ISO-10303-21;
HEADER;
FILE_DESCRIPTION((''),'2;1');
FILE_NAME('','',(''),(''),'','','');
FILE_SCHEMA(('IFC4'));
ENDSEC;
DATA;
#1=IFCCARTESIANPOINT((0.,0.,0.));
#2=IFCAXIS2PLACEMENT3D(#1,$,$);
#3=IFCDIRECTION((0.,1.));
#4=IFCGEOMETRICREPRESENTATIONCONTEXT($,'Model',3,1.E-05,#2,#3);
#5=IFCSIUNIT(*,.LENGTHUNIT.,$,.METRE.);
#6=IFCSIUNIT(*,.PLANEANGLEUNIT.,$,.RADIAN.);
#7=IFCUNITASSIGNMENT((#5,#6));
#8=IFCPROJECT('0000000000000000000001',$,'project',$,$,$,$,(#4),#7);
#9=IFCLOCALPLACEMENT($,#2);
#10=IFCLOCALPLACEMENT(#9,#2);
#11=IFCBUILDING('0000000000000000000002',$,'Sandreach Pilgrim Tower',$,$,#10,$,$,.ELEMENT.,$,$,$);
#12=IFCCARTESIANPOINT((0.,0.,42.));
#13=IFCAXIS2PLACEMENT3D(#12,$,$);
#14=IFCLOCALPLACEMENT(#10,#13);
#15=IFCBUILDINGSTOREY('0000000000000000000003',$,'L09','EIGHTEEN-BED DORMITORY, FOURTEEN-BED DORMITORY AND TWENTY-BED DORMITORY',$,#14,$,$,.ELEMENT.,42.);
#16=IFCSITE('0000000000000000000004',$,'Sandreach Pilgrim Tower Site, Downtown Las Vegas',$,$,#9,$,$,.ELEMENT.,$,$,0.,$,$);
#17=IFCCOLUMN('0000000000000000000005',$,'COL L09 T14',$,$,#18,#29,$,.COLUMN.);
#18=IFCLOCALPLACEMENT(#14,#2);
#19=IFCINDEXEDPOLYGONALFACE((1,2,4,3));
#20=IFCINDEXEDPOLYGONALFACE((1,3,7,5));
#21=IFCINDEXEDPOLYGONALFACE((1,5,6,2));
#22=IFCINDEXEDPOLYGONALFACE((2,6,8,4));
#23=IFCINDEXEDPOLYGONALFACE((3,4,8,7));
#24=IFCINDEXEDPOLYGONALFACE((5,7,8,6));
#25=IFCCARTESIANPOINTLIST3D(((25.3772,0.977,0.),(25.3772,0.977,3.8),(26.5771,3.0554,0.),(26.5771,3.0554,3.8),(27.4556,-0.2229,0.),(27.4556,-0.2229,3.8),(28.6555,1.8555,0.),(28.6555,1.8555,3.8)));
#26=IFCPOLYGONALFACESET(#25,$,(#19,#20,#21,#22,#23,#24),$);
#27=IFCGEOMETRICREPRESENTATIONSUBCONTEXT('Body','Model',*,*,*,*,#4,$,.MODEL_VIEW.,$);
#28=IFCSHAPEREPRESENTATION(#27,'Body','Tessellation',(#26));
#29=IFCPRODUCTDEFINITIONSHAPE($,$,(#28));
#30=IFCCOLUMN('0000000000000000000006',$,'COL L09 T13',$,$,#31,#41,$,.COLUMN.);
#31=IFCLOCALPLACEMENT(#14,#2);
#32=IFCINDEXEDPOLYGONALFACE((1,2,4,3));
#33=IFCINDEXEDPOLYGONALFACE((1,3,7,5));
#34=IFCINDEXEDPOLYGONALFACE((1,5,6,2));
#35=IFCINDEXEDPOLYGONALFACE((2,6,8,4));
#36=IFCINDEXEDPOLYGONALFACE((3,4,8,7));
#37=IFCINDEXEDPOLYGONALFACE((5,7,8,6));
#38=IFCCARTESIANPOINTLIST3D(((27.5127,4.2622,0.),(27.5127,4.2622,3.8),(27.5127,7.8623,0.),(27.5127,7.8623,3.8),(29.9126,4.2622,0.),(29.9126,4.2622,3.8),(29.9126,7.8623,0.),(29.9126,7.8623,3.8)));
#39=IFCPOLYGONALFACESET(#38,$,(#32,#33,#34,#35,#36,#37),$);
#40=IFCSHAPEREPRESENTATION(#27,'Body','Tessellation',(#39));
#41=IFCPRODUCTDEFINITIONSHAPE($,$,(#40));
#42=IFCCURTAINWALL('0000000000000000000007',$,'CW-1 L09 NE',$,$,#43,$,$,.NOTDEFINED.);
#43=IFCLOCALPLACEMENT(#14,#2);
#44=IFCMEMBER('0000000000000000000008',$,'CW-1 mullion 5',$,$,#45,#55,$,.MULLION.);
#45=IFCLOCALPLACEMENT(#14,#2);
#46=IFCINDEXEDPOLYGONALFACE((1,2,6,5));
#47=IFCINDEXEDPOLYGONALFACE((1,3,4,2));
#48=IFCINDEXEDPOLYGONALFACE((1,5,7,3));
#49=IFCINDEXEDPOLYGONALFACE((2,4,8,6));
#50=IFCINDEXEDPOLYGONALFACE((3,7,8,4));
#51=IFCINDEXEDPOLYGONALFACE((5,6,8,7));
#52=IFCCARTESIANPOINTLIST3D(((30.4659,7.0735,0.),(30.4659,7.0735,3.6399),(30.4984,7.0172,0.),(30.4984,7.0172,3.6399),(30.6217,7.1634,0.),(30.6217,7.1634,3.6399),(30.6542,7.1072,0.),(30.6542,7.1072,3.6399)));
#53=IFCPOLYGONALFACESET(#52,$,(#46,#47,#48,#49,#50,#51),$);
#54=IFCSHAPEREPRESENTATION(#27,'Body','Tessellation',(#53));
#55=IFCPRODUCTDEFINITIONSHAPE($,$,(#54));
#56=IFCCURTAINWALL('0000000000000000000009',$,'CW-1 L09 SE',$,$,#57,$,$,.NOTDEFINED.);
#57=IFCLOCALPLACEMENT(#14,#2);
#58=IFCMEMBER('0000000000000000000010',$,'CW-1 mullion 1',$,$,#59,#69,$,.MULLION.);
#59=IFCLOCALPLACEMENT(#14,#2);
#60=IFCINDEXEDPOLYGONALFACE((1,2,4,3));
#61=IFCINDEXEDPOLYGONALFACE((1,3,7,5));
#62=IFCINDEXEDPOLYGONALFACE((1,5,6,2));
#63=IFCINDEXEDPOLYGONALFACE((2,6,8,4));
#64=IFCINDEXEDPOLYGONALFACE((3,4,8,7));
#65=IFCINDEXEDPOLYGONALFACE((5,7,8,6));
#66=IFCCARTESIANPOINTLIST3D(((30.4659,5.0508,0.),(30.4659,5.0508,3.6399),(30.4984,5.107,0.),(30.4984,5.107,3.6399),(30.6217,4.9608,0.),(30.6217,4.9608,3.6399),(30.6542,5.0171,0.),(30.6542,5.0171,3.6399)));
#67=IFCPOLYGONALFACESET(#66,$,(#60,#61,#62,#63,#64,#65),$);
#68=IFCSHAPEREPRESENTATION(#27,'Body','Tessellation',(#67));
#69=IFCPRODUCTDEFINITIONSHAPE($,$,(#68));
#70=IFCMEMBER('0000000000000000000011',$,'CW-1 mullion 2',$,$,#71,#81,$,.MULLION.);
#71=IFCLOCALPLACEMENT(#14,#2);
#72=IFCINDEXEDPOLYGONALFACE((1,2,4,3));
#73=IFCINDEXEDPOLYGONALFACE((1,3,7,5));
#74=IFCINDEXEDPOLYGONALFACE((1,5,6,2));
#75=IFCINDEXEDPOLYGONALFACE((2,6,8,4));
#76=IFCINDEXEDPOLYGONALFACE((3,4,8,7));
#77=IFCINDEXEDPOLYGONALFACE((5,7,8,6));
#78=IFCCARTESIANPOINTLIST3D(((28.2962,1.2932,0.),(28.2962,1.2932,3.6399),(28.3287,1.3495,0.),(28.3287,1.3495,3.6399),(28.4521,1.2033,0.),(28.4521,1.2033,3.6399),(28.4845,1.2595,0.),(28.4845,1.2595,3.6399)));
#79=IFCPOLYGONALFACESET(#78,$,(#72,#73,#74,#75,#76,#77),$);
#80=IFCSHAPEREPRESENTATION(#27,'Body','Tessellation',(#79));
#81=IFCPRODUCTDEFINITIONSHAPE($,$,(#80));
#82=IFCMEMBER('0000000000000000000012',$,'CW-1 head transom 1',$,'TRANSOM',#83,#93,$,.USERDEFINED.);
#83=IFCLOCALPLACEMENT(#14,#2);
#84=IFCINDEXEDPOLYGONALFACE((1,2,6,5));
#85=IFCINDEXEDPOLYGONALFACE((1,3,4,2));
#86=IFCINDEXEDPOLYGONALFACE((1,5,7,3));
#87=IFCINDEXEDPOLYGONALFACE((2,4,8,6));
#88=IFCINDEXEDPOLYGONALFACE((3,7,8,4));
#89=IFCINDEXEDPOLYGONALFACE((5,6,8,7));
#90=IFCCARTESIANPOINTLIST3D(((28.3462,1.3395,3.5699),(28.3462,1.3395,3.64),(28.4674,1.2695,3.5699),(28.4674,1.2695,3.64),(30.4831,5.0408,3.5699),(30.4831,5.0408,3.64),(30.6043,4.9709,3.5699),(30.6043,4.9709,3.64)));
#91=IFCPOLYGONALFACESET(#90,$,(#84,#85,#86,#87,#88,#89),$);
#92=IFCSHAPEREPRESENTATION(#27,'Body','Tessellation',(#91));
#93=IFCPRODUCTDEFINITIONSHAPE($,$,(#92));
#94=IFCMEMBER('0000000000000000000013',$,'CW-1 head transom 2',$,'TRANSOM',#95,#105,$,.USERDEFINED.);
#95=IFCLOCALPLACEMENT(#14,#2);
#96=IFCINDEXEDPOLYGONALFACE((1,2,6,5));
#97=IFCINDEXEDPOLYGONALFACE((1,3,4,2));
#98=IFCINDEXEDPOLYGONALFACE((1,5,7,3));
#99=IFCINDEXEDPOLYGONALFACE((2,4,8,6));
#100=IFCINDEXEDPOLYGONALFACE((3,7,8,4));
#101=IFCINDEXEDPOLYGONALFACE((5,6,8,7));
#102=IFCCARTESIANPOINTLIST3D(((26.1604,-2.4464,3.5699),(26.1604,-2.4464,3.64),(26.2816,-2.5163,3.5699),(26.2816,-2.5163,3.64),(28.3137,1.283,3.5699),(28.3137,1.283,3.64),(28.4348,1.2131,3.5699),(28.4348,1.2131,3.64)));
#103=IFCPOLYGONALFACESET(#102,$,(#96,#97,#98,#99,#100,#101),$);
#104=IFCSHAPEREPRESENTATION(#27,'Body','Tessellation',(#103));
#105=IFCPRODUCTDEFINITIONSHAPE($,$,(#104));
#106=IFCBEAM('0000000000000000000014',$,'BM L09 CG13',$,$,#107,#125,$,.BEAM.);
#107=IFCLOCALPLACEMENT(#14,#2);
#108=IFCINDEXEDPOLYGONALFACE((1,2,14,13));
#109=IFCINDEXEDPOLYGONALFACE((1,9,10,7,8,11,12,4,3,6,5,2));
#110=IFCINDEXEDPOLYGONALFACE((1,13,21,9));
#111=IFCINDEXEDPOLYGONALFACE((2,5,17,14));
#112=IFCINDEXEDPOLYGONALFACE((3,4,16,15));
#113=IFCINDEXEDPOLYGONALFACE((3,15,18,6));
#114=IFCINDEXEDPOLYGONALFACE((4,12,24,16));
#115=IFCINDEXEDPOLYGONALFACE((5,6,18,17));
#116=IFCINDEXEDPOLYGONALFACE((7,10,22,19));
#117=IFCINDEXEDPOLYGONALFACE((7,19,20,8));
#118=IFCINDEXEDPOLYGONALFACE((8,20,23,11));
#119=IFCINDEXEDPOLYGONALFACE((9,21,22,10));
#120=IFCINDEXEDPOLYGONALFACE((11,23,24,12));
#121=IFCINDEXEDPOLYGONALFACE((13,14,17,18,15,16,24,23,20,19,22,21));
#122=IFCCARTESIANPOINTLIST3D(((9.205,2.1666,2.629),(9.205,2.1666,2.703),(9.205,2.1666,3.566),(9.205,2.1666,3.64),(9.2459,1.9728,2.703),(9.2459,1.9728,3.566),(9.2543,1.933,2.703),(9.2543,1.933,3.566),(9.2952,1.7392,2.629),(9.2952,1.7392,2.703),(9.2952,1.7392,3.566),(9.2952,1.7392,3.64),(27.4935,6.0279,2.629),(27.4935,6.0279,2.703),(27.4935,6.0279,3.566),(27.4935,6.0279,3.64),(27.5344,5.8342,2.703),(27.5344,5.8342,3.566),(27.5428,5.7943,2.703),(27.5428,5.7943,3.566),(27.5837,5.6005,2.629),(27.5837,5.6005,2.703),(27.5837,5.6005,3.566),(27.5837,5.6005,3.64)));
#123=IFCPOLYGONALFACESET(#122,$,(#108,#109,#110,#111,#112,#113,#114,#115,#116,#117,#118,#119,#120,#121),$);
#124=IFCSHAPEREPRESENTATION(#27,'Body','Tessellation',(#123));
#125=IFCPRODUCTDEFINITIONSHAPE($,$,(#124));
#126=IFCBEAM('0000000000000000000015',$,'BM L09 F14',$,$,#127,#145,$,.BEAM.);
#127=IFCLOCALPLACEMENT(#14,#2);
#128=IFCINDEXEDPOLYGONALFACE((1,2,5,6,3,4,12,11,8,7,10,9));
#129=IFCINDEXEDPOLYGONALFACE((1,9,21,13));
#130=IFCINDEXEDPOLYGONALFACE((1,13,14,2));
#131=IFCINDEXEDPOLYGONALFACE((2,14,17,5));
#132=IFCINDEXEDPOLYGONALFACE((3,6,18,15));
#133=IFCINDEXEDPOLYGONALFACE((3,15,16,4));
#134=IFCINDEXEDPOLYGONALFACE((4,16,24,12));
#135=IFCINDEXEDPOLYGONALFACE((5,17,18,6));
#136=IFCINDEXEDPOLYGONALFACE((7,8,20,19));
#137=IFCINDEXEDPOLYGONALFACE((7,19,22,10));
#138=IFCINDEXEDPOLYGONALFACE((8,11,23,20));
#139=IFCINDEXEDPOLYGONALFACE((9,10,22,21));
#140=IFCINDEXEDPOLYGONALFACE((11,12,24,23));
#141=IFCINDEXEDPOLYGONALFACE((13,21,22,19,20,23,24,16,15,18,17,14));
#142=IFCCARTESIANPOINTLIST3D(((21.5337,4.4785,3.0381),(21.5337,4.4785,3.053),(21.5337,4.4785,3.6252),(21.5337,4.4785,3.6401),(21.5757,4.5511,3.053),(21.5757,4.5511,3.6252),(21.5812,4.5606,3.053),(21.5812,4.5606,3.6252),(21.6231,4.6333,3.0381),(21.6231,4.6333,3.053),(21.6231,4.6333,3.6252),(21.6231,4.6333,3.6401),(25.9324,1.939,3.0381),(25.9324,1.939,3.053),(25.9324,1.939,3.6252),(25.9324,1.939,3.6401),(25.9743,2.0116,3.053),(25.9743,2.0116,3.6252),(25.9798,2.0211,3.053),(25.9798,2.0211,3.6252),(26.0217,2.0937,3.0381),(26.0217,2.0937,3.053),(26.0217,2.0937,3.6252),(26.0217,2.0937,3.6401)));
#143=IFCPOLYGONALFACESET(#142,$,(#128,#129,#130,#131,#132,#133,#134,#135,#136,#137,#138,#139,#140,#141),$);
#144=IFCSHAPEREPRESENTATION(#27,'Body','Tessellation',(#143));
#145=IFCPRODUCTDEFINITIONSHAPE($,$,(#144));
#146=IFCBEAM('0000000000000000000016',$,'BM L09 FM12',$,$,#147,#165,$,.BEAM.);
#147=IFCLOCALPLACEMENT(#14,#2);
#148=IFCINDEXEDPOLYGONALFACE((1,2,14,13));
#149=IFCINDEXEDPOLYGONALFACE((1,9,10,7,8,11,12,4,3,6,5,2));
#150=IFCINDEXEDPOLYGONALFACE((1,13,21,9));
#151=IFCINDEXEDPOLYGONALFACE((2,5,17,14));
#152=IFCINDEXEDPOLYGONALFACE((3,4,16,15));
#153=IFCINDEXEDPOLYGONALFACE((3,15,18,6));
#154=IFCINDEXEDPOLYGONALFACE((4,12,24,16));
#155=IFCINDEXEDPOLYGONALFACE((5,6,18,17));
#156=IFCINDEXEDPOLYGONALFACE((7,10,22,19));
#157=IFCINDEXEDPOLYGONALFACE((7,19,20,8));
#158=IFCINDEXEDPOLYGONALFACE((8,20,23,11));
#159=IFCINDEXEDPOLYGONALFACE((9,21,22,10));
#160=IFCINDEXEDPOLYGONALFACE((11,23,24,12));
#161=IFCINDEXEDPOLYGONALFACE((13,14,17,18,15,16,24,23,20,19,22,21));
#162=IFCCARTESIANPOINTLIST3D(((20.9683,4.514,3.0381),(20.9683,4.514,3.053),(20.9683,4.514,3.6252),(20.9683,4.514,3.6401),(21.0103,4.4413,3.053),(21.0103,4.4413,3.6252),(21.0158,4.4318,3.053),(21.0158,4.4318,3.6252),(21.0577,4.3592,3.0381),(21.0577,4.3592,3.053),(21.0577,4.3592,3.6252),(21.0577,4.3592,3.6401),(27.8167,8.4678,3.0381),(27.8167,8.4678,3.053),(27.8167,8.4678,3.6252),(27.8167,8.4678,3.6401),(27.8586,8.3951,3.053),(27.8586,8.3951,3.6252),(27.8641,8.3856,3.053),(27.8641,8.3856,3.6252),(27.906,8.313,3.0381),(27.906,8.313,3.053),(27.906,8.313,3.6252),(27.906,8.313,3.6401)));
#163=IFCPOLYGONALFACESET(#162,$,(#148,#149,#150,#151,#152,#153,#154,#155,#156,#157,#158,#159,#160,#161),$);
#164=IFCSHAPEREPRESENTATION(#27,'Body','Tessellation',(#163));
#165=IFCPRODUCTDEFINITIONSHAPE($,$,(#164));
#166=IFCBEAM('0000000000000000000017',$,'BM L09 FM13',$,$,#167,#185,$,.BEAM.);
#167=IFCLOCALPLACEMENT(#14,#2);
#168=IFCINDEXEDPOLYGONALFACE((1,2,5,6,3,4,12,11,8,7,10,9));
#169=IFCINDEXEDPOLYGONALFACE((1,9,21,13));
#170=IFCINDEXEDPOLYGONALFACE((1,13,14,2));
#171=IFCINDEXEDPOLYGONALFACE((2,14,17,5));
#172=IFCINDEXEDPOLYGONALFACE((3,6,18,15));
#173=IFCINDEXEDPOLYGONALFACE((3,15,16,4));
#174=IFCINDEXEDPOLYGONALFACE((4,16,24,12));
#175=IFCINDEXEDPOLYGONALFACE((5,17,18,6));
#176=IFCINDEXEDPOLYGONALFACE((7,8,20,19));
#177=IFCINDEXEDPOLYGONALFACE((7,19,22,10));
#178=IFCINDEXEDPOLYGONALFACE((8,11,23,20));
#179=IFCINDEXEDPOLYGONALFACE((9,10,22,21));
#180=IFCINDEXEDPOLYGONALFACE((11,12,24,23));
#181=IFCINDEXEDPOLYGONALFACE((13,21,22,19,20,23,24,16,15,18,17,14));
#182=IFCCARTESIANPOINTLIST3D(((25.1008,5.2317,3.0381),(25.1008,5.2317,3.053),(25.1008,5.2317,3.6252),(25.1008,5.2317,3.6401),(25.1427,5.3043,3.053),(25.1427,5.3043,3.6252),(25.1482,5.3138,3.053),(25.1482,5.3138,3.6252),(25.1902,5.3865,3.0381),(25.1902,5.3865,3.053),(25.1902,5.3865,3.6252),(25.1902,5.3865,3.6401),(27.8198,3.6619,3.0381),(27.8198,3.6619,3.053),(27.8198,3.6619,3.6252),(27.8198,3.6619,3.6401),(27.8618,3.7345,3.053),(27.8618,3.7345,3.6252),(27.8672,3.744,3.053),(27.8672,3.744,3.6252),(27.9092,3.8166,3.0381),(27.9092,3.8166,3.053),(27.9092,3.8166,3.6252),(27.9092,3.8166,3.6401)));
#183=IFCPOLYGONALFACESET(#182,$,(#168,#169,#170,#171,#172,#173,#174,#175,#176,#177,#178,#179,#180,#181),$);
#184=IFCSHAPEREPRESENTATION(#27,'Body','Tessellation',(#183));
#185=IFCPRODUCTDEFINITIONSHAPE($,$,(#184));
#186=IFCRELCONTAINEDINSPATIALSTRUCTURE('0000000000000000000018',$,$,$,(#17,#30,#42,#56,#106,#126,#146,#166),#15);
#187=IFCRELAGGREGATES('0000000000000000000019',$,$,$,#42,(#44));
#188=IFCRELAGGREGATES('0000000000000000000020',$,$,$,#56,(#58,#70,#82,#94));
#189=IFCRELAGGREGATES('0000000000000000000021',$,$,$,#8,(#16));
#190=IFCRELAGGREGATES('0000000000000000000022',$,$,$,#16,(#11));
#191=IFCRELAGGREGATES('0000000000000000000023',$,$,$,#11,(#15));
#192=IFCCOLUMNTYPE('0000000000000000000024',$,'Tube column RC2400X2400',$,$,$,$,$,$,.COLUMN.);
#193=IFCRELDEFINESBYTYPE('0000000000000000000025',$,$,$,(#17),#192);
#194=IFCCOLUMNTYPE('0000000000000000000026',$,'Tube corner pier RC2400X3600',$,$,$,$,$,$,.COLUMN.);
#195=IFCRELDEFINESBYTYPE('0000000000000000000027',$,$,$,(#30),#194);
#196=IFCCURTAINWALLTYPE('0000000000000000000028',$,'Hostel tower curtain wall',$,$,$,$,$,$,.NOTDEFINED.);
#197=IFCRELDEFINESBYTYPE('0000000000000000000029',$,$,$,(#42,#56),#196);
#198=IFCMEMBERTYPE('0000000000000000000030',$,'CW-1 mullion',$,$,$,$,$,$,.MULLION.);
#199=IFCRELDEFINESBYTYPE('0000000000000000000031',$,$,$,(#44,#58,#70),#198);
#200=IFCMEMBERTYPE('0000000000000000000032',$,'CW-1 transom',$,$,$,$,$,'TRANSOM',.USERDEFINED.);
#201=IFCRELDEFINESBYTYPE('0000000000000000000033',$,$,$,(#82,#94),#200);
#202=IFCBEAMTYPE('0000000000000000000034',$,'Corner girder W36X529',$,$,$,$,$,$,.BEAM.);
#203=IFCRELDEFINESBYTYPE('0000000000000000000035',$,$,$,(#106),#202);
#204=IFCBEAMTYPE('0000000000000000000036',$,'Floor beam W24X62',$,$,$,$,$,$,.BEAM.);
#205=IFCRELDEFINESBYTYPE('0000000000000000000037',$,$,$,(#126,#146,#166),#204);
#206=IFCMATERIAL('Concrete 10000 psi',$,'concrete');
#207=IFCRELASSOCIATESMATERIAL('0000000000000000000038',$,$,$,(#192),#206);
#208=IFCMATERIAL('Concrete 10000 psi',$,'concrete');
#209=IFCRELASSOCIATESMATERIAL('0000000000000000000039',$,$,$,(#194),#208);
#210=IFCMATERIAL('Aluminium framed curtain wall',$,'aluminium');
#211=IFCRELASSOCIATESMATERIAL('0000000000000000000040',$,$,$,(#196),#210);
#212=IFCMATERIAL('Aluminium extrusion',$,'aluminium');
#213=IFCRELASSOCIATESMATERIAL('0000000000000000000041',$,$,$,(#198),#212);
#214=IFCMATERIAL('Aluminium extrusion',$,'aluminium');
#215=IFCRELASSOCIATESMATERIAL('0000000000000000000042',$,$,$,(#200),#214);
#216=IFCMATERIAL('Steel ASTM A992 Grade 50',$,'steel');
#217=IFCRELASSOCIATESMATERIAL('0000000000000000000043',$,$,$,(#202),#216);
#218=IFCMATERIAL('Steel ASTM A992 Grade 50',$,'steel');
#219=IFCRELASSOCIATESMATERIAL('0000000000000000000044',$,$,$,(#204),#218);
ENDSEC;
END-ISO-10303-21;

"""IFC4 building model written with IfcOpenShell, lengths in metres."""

from ifc_helpers import new_model, si_unit, direction, frame, origin, origin_2d, place, context, subcontext, project, spatial, rectangle, i_section, extrude, material, material_profile, profile_set, type_object, element, aggregate, save


model = new_model("IFC4")

# Units and contexts
model_context = context("Model", 3, precision=1e-05, world=origin(), true_north=direction((0.0, 1.0)))
body_context = subcontext(model_context, "Body", "Model", "MODEL_VIEW")
ifc_project = project(units=[si_unit("LENGTHUNIT", "METRE"), si_unit("PLANEANGLEUNIT", "RADIAN")], contexts=[model_context])

# Site, building, storey
site_placement = place(None, origin())
site = spatial("IfcSite", under=ifc_project, at=site_placement, Name="Sandreach Pilgrim Tower Site, Downtown Las Vegas", CompositionType="ELEMENT", RefElevation=0.0)
building_placement = place(site_placement, origin())
building = spatial("IfcBuilding", under=site, at=building_placement, Name="Sandreach Pilgrim Tower", CompositionType="ELEMENT")
storey_placement = place(building_placement, frame((0.0, 0.0, 42.0)))
storey = spatial("IfcBuildingStorey", under=building, at=storey_placement, Name="L09", Description="EIGHTEEN-BED DORMITORY, FOURTEEN-BED DORMITORY AND TWENTY-BED DORMITORY", CompositionType="ELEMENT", Elevation=42.0)

# Columns
ifc_material_1 = material(Name="Concrete 10000 psi", Category="concrete")
ifc_material_profile_1 = material_profile(ifc_material_1, rectangle(XDim=2.3999, YDim=2.3999, at=origin_2d()), Name="RC2400X2400")
ifc_profile_set_1 = profile_set([ifc_material_profile_1], Name="Concrete 10000 psi")
column_type_1 = type_object("IfcColumnType", Name="Tube column RC2400X2400", PredefinedType="COLUMN", material=ifc_profile_set_1)
column_1_placement = place(storey_placement, frame((27.0164, 1.4163, 0.0), z_axis=(0.0, 0.0, 1.0), x_axis=(0.866025, -0.5, 0.0)))
element("IfcColumn", 1, at=column_1_placement, inside=storey, type_object=column_type_1, Name="COL L09 T14", PredefinedType="COLUMN", context=body_context, shape_type="SweptSolid", body=[
    extrude(rectangle(XDim=2.3999, YDim=2.3999, at=origin_2d()), origin(), (0.0, 0.0, 1.0), 3.8),
])
ifc_material_2 = material(Name="Concrete 10000 psi", Category="concrete")
ifc_material_profile_2 = material_profile(ifc_material_2, rectangle(XDim=2.3999, YDim=3.6001, at=origin_2d()), Name="RC2400X3600")
ifc_profile_set_2 = profile_set([ifc_material_profile_2], Name="Concrete 10000 psi")
column_type_2 = type_object("IfcColumnType", Name="Tube corner pier RC2400X3600", PredefinedType="COLUMN", material=ifc_profile_set_2)
column_2_placement = place(storey_placement, frame((28.7126, 6.0623, 0.0), z_axis=(0.0, 0.0, 1.0), x_axis=(1.0, 0.0, 0.0)))
element("IfcColumn", 2, at=column_2_placement, inside=storey, type_object=column_type_2, Name="COL L09 T13", PredefinedType="COLUMN", context=body_context, shape_type="SweptSolid", body=[
    extrude(rectangle(XDim=2.3999, YDim=3.6001, at=origin_2d()), origin(), (0.0, 0.0, 1.0), 3.8),
])

# Curtain wall, member
ifc_material_3 = material(Name="Aluminium framed curtain wall", Category="aluminium")
curtain_wall_type = type_object("IfcCurtainWallType", Name="Hostel tower curtain wall", PredefinedType="NOTDEFINED", material=ifc_material_3)
curtain_wall_1_placement = place(storey_placement, origin())
curtain_wall_1 = element("IfcCurtainWall", 3, at=curtain_wall_1_placement, inside=storey, type_object=curtain_wall_type, Name="CW-1 L09 NE", PredefinedType="NOTDEFINED")
ifc_material_4 = material(Name="Aluminium extrusion", Category="aluminium")
ifc_material_profile_3 = material_profile(ifc_material_4, rectangle(XDim=0.0649, YDim=0.1799, at=origin_2d()), Name="CW-1M 65X180")
ifc_profile_set_3 = profile_set([ifc_material_profile_3], Name="Aluminium extrusion")
member_type_1 = type_object("IfcMemberType", Name="CW-1 mullion", PredefinedType="MULLION", material=ifc_profile_set_3)
member_1_placement = place(storey_placement, frame((30.5601, 7.0903, 0.0), z_axis=(0.0, 0.0, 1.0), x_axis=(0.5, -0.866025, 0.0)))
member_1 = element("IfcMember", 4, at=member_1_placement, type_object=member_type_1, Name="CW-1 mullion 5", PredefinedType="MULLION", context=body_context, shape_type="SweptSolid", body=[
    extrude(rectangle(XDim=0.0649, YDim=0.1799, at=origin_2d()), origin(), (0.0, 0.0, 1.0), 3.6399),
])

# Curtain wall, members
curtain_wall_2_placement = place(storey_placement, origin())
curtain_wall_2 = element("IfcCurtainWall", 5, at=curtain_wall_2_placement, inside=storey, type_object=curtain_wall_type, Name="CW-1 L09 SE", PredefinedType="NOTDEFINED")
member_2_placement = place(storey_placement, frame((30.5601, 5.0339, 0.0), z_axis=(0.0, 0.0, 1.0), x_axis=(-0.5, -0.866025, 0.0)))
member_2 = element("IfcMember", 6, at=member_2_placement, type_object=member_type_1, Name="CW-1 mullion 1", PredefinedType="MULLION", context=body_context, shape_type="SweptSolid", body=[
    extrude(rectangle(XDim=0.0649, YDim=0.1799, at=origin_2d()), origin(), (0.0, 0.0, 1.0), 3.6399),
])
member_3_placement = place(storey_placement, frame((28.3904, 1.2764, 0.0), z_axis=(0.0, 0.0, 1.0), x_axis=(-0.5, -0.866025, 0.0)))
member_3 = element("IfcMember", 7, at=member_3_placement, type_object=member_type_1, Name="CW-1 mullion 2", PredefinedType="MULLION", context=body_context, shape_type="SweptSolid", body=[
    extrude(rectangle(XDim=0.0649, YDim=0.1799, at=origin_2d()), origin(), (0.0, 0.0, 1.0), 3.6399),
])
ifc_material_5 = material(Name="Aluminium extrusion", Category="aluminium")
ifc_material_profile_4 = material_profile(ifc_material_5, rectangle(XDim=0.1399, YDim=0.0701, at=origin_2d()), Name="CW-1T 140X70")
ifc_profile_set_4 = profile_set([ifc_material_profile_4], Name="Aluminium extrusion")
member_type_2 = type_object("IfcMemberType", Name="CW-1 transom", ElementType="TRANSOM", PredefinedType="USERDEFINED", material=ifc_profile_set_4)
member_4_placement = place(storey_placement, frame((30.5437, 5.0059, 3.605), z_axis=(-0.499991, -0.866031, 0.0), x_axis=(0.866031, -0.499991, 0.0)))
member_4 = element("IfcMember", 8, at=member_4_placement, type_object=member_type_2, Name="CW-1 head transom 1", ObjectType="TRANSOM", PredefinedType="USERDEFINED", context=body_context, shape_type="SweptSolid", body=[
    extrude(rectangle(XDim=0.1399, YDim=0.0701, at=origin_2d()), origin(), (0.0, 0.0, 1.0), 4.2739),
])
member_5_placement = place(storey_placement, frame((28.3743, 1.248, 3.605), z_axis=(-0.500017, -0.866016, 0.0), x_axis=(0.866016, -0.500017, 0.0)))
member_5 = element("IfcMember", 9, at=member_5_placement, type_object=member_type_2, Name="CW-1 head transom 2", ObjectType="TRANSOM", PredefinedType="USERDEFINED", context=body_context, shape_type="SweptSolid", body=[
    extrude(rectangle(XDim=0.1399, YDim=0.0701, at=origin_2d()), origin(), (0.0, 0.0, 1.0), 4.3064),
])

# Beams
ifc_material_6 = material(Name="Steel ASTM A992 Grade 50", Category="steel")
ifc_material_profile_5 = material_profile(ifc_material_6, i_section(OverallWidth=0.4368, OverallDepth=1.011, WebThickness=0.0408, FlangeThickness=0.074, at=origin_2d()), Name="W36X529")
ifc_profile_set_5 = profile_set([ifc_material_profile_5], Name="Steel ASTM A992 Grade 50")
beam_type_1 = type_object("IfcBeamType", Name="Corner girder W36X529", PredefinedType="BEAM", material=ifc_profile_set_5)
beam_1_placement = place(storey_placement, frame((27.5386, 5.8142, 3.1345), z_axis=(-0.97843, -0.206579, 0.0), x_axis=(0.206579, -0.97843, 0.0)))
element("IfcBeam", 10, at=beam_1_placement, inside=storey, type_object=beam_type_1, Name="BM L09 CG13", PredefinedType="BEAM", context=body_context, shape_type="SweptSolid", body=[
    extrude(i_section(OverallWidth=0.4368, OverallDepth=1.011, WebThickness=0.0408, FlangeThickness=0.074, at=origin_2d()), origin(), (0.0, 0.0, 1.0), 18.6917),
])
ifc_material_7 = material(Name="Steel ASTM A992 Grade 50", Category="steel")
ifc_material_profile_6 = material_profile(ifc_material_7, i_section(OverallWidth=0.1787, OverallDepth=0.6021, WebThickness=0.011, FlangeThickness=0.0149, at=origin_2d()), Name="W24X62")
ifc_profile_set_6 = profile_set([ifc_material_profile_6], Name="Steel ASTM A992 Grade 50")
beam_type_2 = type_object("IfcBeamType", Name="Floor beam W24X62", PredefinedType="BEAM", material=ifc_profile_set_6)
beam_2_placement = place(storey_placement, frame((25.9771, 2.0164, 3.3391), z_axis=(-0.866028, 0.499996, 0.0), x_axis=(-0.499996, -0.866028, 0.0)))
element("IfcBeam", 11, at=beam_2_placement, inside=storey, type_object=beam_type_2, Name="BM L09 F14", PredefinedType="BEAM", context=body_context, shape_type="SweptSolid", body=[
    extrude(i_section(OverallWidth=0.1787, OverallDepth=0.6021, WebThickness=0.011, FlangeThickness=0.0149, at=origin_2d()), origin(), (0.0, 0.0, 1.0), 5.0791),
])
beam_3_placement = place(storey_placement, frame((27.8613, 8.3904, 3.3391), z_axis=(-0.866029, -0.499994, 0.0), x_axis=(0.499994, -0.866029, 0.0)))
element("IfcBeam", 12, at=beam_3_placement, inside=storey, type_object=beam_type_2, Name="BM L09 FM12", PredefinedType="BEAM", context=body_context, shape_type="SweptSolid", body=[
    extrude(i_section(OverallWidth=0.1787, OverallDepth=0.6021, WebThickness=0.011, FlangeThickness=0.0149, at=origin_2d()), origin(), (0.0, 0.0, 1.0), 7.9077),
])
beam_4_placement = place(storey_placement, frame((27.8645, 3.7393, 3.3391), z_axis=(-0.866024, 0.500003, 0.0), x_axis=(-0.500003, -0.866024, 0.0)))
element("IfcBeam", 13, at=beam_4_placement, inside=storey, type_object=beam_type_2, Name="BM L09 FM13", PredefinedType="BEAM", context=body_context, shape_type="SweptSolid", body=[
    extrude(i_section(OverallWidth=0.1787, OverallDepth=0.6021, WebThickness=0.011, FlangeThickness=0.0149, at=origin_2d()), origin(), (0.0, 0.0, 1.0), 3.1396),
])

aggregate(curtain_wall_1, [member_1])
aggregate(curtain_wall_2, [member_2, member_3, member_4, member_5])

save(model, "model.ifc")
